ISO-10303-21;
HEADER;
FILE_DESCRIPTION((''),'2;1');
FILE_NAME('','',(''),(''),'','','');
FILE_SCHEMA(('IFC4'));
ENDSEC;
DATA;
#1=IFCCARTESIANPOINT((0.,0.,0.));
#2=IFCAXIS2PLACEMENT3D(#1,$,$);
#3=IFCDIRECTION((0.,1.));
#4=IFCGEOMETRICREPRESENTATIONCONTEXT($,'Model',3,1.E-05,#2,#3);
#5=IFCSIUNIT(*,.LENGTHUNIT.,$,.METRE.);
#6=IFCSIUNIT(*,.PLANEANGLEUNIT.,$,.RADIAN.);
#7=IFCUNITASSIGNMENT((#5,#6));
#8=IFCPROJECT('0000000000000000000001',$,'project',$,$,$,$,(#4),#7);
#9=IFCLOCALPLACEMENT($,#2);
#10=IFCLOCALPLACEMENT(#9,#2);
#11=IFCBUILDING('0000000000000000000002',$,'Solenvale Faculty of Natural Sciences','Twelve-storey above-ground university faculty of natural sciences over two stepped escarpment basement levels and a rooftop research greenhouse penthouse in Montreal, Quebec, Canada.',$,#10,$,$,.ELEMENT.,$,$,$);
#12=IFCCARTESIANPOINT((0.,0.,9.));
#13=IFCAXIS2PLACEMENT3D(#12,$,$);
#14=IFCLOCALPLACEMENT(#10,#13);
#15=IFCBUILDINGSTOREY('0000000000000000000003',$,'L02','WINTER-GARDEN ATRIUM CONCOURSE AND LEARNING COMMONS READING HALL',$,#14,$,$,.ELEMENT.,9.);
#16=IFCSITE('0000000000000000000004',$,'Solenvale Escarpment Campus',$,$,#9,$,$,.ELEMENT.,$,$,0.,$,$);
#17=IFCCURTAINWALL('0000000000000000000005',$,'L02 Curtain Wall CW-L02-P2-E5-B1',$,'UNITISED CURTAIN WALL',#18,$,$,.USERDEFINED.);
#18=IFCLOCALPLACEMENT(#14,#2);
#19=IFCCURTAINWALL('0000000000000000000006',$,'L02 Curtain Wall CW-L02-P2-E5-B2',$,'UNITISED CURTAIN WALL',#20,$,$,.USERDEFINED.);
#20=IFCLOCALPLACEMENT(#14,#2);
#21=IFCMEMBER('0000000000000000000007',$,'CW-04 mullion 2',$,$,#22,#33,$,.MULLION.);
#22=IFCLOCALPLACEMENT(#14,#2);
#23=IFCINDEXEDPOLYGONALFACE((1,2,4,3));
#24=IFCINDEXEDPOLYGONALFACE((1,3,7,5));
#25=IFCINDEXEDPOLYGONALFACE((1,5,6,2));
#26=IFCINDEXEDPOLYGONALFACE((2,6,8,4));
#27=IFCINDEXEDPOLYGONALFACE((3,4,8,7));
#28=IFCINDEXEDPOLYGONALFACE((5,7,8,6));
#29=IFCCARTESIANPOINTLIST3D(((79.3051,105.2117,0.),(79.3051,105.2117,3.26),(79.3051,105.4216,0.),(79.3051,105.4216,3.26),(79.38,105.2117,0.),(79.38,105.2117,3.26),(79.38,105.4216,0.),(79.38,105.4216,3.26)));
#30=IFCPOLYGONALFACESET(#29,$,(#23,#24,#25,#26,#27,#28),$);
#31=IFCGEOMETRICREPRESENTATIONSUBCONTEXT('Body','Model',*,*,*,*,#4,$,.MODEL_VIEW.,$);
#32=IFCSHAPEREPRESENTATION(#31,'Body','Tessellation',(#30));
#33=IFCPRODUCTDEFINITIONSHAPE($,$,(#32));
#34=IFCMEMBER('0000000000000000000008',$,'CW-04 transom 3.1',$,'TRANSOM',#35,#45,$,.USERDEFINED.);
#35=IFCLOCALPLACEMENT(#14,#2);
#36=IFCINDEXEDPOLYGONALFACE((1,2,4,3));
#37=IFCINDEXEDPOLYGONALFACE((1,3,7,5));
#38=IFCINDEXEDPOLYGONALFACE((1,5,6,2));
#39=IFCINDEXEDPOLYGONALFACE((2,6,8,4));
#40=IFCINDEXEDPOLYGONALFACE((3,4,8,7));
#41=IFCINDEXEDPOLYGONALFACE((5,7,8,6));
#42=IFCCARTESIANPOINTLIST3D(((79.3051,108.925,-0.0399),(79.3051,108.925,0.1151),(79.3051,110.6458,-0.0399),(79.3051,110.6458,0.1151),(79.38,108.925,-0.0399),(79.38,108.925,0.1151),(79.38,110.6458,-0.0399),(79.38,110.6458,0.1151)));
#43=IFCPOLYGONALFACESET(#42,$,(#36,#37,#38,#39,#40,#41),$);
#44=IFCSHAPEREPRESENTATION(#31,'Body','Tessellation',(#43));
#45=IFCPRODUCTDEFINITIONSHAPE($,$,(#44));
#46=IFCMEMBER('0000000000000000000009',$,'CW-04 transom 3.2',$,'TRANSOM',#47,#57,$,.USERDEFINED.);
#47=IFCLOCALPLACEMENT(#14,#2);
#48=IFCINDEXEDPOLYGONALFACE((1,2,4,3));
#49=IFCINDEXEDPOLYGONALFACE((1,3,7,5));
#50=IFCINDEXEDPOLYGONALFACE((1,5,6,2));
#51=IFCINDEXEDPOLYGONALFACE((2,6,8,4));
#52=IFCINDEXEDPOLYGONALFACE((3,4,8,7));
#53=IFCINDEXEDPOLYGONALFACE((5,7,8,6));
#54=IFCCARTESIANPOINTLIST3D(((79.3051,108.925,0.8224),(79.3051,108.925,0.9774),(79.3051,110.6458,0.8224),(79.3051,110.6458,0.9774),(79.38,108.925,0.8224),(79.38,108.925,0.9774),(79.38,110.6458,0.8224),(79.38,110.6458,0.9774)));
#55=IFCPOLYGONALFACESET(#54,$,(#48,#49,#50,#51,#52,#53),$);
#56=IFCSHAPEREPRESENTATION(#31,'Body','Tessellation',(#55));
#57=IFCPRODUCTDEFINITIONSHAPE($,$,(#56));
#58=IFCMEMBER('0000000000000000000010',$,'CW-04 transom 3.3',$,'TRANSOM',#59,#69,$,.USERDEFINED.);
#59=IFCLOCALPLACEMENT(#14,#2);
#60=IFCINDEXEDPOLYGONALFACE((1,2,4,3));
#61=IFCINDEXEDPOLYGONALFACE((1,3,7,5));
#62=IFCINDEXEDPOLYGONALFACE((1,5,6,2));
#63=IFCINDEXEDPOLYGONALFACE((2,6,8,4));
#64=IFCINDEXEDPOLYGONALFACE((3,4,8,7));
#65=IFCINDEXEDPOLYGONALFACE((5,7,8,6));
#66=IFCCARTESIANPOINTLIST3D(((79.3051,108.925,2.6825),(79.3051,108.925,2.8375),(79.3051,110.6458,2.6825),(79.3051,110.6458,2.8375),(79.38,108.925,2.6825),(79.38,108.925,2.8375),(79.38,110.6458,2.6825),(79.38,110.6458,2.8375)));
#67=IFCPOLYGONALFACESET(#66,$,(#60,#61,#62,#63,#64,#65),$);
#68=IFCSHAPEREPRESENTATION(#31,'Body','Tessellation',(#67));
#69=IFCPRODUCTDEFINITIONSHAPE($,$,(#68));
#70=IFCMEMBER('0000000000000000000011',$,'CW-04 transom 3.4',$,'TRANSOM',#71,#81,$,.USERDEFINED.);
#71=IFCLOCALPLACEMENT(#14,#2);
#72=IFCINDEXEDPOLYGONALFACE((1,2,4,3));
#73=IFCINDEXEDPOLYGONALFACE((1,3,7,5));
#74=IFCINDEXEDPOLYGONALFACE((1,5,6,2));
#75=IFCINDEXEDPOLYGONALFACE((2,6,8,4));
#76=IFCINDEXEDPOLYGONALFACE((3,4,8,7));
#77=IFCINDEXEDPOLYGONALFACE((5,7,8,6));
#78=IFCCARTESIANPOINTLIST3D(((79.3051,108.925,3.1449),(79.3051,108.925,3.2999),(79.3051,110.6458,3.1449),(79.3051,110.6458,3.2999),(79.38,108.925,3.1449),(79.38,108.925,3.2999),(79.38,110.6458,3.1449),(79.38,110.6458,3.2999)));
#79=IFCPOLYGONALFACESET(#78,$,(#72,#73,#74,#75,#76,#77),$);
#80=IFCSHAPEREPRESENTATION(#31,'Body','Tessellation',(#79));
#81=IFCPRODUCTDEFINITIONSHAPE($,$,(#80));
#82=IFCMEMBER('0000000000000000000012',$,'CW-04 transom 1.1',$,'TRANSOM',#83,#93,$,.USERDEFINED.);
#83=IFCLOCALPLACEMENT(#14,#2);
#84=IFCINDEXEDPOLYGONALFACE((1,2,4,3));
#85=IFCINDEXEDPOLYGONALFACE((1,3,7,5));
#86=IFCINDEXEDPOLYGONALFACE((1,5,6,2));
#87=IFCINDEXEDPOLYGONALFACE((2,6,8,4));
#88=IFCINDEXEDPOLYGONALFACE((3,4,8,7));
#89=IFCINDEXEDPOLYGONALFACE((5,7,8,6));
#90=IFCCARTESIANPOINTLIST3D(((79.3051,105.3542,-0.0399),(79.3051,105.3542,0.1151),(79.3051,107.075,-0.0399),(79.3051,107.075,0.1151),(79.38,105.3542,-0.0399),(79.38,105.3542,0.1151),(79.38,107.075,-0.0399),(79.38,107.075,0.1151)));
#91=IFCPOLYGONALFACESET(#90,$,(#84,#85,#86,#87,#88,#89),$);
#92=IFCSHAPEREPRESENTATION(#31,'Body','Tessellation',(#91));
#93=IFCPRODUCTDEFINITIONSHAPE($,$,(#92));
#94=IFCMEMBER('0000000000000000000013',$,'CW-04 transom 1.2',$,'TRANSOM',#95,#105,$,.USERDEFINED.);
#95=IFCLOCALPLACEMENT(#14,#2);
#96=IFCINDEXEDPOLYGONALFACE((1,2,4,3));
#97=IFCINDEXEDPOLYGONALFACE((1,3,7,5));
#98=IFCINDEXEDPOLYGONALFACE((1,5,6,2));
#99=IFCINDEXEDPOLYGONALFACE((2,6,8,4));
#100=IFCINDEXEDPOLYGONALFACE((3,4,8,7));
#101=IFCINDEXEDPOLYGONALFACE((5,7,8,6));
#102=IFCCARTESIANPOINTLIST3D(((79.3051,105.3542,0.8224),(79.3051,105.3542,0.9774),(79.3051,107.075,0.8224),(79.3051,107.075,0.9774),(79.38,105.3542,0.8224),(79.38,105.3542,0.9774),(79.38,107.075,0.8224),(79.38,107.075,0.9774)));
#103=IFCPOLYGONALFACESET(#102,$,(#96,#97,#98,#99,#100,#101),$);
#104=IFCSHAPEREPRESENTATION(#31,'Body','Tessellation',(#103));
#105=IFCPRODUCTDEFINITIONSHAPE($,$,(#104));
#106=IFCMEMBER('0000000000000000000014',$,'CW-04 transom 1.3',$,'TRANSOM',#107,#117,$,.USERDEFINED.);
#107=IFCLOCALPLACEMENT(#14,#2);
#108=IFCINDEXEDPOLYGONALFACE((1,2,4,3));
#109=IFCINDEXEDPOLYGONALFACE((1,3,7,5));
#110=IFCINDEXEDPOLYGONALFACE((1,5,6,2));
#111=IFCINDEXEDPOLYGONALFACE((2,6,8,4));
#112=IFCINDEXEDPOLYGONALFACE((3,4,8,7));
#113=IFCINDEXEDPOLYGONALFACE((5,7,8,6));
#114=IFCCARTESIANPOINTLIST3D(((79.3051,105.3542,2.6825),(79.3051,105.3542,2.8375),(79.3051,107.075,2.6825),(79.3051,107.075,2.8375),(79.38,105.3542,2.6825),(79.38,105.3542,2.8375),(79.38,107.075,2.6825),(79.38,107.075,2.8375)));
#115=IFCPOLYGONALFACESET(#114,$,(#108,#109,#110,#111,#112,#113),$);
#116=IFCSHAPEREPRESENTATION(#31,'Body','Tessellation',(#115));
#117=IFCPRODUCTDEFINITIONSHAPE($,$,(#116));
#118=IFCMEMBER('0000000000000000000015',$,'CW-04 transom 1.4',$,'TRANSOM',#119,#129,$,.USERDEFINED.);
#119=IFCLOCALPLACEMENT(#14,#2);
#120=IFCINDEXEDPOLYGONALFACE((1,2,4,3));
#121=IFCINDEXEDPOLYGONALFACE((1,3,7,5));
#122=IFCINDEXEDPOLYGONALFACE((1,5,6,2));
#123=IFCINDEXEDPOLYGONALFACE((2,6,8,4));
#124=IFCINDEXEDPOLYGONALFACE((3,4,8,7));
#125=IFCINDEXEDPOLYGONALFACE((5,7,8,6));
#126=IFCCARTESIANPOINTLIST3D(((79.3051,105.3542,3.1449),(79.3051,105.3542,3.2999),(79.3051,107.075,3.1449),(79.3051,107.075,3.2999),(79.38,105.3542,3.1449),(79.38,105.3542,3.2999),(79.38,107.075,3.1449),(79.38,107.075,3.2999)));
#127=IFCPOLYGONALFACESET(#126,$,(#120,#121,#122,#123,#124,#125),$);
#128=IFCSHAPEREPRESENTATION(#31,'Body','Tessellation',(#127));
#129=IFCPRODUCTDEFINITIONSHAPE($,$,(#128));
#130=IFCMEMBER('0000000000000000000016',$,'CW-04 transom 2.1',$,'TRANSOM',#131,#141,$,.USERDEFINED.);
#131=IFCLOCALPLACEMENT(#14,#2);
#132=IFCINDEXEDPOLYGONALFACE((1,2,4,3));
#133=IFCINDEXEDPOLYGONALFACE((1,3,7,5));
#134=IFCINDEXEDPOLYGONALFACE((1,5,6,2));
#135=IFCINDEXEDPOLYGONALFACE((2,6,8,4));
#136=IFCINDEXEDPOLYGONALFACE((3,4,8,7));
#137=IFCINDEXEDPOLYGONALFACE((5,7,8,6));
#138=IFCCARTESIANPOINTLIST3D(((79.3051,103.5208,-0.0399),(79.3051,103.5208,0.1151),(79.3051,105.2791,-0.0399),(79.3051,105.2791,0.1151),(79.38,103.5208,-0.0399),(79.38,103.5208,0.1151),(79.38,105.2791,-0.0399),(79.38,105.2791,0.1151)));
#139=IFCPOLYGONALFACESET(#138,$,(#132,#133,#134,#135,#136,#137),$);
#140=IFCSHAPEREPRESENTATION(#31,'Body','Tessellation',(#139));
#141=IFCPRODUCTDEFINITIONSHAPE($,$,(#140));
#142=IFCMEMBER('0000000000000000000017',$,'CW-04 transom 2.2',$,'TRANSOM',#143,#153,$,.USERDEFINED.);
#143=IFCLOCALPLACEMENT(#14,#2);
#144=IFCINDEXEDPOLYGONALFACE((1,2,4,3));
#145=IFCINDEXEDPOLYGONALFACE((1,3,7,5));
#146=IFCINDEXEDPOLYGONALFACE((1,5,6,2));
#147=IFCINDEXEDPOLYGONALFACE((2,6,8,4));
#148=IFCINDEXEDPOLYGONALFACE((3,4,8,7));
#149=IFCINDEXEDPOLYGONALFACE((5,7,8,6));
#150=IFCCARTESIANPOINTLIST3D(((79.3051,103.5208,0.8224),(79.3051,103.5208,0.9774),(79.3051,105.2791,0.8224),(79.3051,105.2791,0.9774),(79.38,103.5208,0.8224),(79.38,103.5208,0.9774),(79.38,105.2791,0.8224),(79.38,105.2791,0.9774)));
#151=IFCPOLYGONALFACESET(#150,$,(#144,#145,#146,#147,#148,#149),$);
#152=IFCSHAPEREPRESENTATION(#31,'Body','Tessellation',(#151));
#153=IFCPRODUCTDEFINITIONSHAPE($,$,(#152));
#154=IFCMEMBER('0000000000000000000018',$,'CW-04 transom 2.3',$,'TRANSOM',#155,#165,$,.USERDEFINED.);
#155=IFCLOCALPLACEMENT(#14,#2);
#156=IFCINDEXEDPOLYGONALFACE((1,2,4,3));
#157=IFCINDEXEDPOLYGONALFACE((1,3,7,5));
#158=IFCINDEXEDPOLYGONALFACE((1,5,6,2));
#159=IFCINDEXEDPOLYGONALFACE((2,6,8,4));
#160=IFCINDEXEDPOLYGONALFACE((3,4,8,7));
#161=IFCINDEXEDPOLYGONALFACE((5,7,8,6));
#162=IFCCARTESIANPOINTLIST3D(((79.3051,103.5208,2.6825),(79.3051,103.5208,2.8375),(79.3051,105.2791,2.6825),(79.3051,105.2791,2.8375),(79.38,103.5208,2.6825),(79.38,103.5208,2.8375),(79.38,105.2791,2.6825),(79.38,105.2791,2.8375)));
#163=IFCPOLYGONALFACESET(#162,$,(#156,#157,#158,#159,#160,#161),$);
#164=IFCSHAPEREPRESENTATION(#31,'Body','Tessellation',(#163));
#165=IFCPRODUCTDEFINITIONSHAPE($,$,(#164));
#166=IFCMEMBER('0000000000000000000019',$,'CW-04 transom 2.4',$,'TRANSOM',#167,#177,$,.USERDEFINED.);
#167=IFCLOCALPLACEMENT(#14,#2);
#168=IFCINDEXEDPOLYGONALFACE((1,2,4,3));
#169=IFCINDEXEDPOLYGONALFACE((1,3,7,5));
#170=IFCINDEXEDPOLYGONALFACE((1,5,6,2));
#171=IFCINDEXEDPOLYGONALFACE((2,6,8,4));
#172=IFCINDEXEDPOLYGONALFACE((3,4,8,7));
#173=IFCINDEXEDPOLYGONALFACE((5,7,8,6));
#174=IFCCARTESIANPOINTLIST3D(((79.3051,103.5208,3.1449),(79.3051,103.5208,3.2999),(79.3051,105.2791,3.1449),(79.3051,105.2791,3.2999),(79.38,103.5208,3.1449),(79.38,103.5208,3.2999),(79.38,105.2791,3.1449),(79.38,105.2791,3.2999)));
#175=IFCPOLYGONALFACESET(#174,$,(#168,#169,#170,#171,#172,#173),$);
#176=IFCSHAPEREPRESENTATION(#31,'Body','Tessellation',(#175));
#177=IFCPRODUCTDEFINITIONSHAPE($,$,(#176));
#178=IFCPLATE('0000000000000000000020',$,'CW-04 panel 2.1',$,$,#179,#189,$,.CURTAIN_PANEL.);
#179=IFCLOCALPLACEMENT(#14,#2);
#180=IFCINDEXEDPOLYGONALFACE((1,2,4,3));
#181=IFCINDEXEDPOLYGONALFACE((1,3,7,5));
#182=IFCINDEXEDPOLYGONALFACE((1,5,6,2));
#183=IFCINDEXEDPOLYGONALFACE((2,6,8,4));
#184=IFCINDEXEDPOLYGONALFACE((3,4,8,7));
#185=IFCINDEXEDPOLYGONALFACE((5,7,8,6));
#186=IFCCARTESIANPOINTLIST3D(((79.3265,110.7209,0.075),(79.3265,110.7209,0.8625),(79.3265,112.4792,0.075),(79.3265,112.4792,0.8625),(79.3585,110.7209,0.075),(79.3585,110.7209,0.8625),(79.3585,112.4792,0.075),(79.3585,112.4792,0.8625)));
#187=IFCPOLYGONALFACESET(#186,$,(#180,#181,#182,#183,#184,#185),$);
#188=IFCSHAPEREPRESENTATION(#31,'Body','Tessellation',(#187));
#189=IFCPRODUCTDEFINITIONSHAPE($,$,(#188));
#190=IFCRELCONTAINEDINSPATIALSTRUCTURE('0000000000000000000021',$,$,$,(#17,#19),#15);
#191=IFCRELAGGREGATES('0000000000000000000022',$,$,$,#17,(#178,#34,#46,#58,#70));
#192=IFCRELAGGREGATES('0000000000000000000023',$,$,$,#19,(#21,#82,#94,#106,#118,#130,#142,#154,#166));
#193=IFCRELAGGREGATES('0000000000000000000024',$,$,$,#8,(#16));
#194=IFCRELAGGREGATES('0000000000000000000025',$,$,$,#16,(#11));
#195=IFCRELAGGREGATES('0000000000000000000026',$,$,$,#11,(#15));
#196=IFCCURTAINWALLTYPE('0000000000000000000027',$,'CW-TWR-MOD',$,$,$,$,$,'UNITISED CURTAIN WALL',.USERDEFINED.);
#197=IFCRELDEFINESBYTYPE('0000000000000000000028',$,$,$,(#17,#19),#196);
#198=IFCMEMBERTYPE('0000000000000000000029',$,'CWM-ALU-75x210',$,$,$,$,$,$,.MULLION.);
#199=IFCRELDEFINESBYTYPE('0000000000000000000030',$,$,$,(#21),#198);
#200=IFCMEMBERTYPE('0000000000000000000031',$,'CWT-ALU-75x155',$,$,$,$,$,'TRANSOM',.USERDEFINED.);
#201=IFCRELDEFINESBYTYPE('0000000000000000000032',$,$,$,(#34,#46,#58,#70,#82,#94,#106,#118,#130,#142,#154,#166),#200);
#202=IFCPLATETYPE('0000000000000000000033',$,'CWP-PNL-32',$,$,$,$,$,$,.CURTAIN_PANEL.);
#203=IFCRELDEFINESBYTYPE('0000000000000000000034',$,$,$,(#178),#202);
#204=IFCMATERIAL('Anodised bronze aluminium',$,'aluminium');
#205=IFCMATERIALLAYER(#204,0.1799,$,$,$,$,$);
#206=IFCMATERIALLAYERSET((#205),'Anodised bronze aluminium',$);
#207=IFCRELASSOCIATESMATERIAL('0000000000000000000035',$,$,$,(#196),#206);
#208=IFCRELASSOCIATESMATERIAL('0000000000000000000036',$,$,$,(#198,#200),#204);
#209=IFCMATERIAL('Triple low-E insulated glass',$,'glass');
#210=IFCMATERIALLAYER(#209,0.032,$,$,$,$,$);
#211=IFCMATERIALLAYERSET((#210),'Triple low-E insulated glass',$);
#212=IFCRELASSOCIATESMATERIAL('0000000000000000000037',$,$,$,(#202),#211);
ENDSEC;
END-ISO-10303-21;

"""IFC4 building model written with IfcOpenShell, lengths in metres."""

from ifc_helpers import new_model, si_unit, direction, frame, origin, origin_2d, place, context, subcontext, project, spatial, rectangle, extrude, material, layer, layer_set, material_profile, profile_set, type_object, element, aggregate, save


model = new_model("IFC4")

# Units and contexts
model_context = context("Model", 3, precision=1e-05, world=origin(), true_north=direction((0.0, 1.0)))
body_context = subcontext(model_context, "Body", "Model", "MODEL_VIEW")
ifc_project = project(units=[si_unit("LENGTHUNIT", "METRE"), si_unit("PLANEANGLEUNIT", "RADIAN")], contexts=[model_context])

# Site, building, storey
site_placement = place(None, origin())
site = spatial("IfcSite", under=ifc_project, at=site_placement, Name="Solenvale Escarpment Campus", CompositionType="ELEMENT", RefElevation=0.0)
building_placement = place(site_placement, origin())
building = spatial("IfcBuilding", under=site, at=building_placement, Name="Solenvale Faculty of Natural Sciences", Description="Twelve-storey above-ground university faculty of natural sciences over two stepped escarpment basement levels and a rooftop research greenhouse penthouse in Montreal, Quebec, Canada.", CompositionType="ELEMENT")
storey_placement = place(building_placement, frame((0.0, 0.0, 9.0)))
storey = spatial("IfcBuildingStorey", under=building, at=storey_placement, Name="L02", Description="WINTER-GARDEN ATRIUM CONCOURSE AND LEARNING COMMONS READING HALL", CompositionType="ELEMENT", Elevation=9.0)

# Curtain walls, member
ifc_material_1 = material(Name="Anodised bronze aluminium", Category="aluminium")
ifc_layer_1 = layer(ifc_material_1, 0.1799)
ifc_layer_set_1 = layer_set([ifc_layer_1], Name="Anodised bronze aluminium")
curtain_wall_type = type_object("IfcCurtainWallType", Name="CW-TWR-MOD", ElementType="UNITISED CURTAIN WALL", PredefinedType="USERDEFINED", material=ifc_layer_set_1)
curtain_wall_1_placement = place(storey_placement, origin())
curtain_wall_1 = element("IfcCurtainWall", 1, at=curtain_wall_1_placement, inside=storey, type_object=curtain_wall_type, Name="L02 Curtain Wall CW-L02-P2-E5-B1", ObjectType="UNITISED CURTAIN WALL", PredefinedType="USERDEFINED")
ifc_material_profile_1 = material_profile(ifc_material_1, rectangle(XDim=0.075, YDim=0.21, at=origin_2d()), Name="ALU-MUL-75x210")
ifc_profile_set_1 = profile_set([ifc_material_profile_1], Name="Anodised bronze aluminium")
member_type_1 = type_object("IfcMemberType", Name="CWM-ALU-75x210", PredefinedType="MULLION", material=ifc_profile_set_1)
curtain_wall_2_placement = place(storey_placement, origin())
curtain_wall_2 = element("IfcCurtainWall", 2, at=curtain_wall_2_placement, inside=storey, type_object=curtain_wall_type, Name="L02 Curtain Wall CW-L02-P2-E5-B2", ObjectType="UNITISED CURTAIN WALL", PredefinedType="USERDEFINED")
member_1_placement = place(storey_placement, frame((79.3425, 105.3167, 0.0), z_axis=(0.0, 0.0, 1.0), x_axis=(1.0, 0.0, 0.0)))
member_1 = element("IfcMember", 3, at=member_1_placement, type_object=member_type_1, Name="CW-04 mullion 2", PredefinedType="MULLION", context=body_context, shape_type="SweptSolid", body=[
    extrude(rectangle(XDim=0.075, YDim=0.21, at=origin_2d()), origin(), (0.0, 0.0, 1.0), 3.26),
])

# Members
ifc_material_profile_2 = material_profile(ifc_material_1, rectangle(XDim=0.075, YDim=0.155, at=origin_2d()), Name="ALU-TRN-75x155")
ifc_profile_set_2 = profile_set([ifc_material_profile_2], Name="Anodised bronze aluminium")
member_type_2 = type_object("IfcMemberType", Name="CWT-ALU-75x155", ElementType="TRANSOM", PredefinedType="USERDEFINED", material=ifc_profile_set_2)
member_2_placement = place(storey_placement, frame((79.3425, 110.6458, 0.0376), z_axis=(0.0, -1.0, 0.0), x_axis=(1.0, 0.0, 0.0)))
member_2 = element("IfcMember", 4, at=member_2_placement, type_object=member_type_2, Name="CW-04 transom 3.1", ObjectType="TRANSOM", PredefinedType="USERDEFINED", context=body_context, shape_type="SweptSolid", body=[
    extrude(rectangle(XDim=0.075, YDim=0.155, at=origin_2d()), origin(), (0.0, 0.0, 1.0), 1.7207),
])
member_3_placement = place(storey_placement, frame((79.3425, 110.6458, 0.8999), z_axis=(0.0, -1.0, 0.0), x_axis=(1.0, 0.0, 0.0)))
member_3 = element("IfcMember", 5, at=member_3_placement, type_object=member_type_2, Name="CW-04 transom 3.2", ObjectType="TRANSOM", PredefinedType="USERDEFINED", context=body_context, shape_type="SweptSolid", body=[
    extrude(rectangle(XDim=0.075, YDim=0.155, at=origin_2d()), origin(), (0.0, 0.0, 1.0), 1.7207),
])
member_4_placement = place(storey_placement, frame((79.3425, 110.6458, 2.76), z_axis=(0.0, -1.0, 0.0), x_axis=(1.0, 0.0, 0.0)))
member_4 = element("IfcMember", 6, at=member_4_placement, type_object=member_type_2, Name="CW-04 transom 3.3", ObjectType="TRANSOM", PredefinedType="USERDEFINED", context=body_context, shape_type="SweptSolid", body=[
    extrude(rectangle(XDim=0.075, YDim=0.155, at=origin_2d()), origin(), (0.0, 0.0, 1.0), 1.7207),
])
member_5_placement = place(storey_placement, frame((79.3425, 110.6458, 3.2224), z_axis=(0.0, -1.0, 0.0), x_axis=(1.0, 0.0, 0.0)))
member_5 = element("IfcMember", 7, at=member_5_placement, type_object=member_type_2, Name="CW-04 transom 3.4", ObjectType="TRANSOM", PredefinedType="USERDEFINED", context=body_context, shape_type="SweptSolid", body=[
    extrude(rectangle(XDim=0.075, YDim=0.155, at=origin_2d()), origin(), (0.0, 0.0, 1.0), 1.7207),
])
member_6_placement = place(storey_placement, frame((79.3425, 107.075, 0.0376), z_axis=(0.0, -1.0, 0.0), x_axis=(1.0, 0.0, 0.0)))
member_6 = element("IfcMember", 8, at=member_6_placement, type_object=member_type_2, Name="CW-04 transom 1.1", ObjectType="TRANSOM", PredefinedType="USERDEFINED", context=body_context, shape_type="SweptSolid", body=[
    extrude(rectangle(XDim=0.075, YDim=0.155, at=origin_2d()), origin(), (0.0, 0.0, 1.0), 1.7207),
])
member_7_placement = place(storey_placement, frame((79.3425, 107.075, 0.8999), z_axis=(0.0, -1.0, 0.0), x_axis=(1.0, 0.0, 0.0)))
member_7 = element("IfcMember", 9, at=member_7_placement, type_object=member_type_2, Name="CW-04 transom 1.2", ObjectType="TRANSOM", PredefinedType="USERDEFINED", context=body_context, shape_type="SweptSolid", body=[
    extrude(rectangle(XDim=0.075, YDim=0.155, at=origin_2d()), origin(), (0.0, 0.0, 1.0), 1.7207),
])
member_8_placement = place(storey_placement, frame((79.3425, 107.075, 2.76), z_axis=(0.0, -1.0, 0.0), x_axis=(1.0, 0.0, 0.0)))
member_8 = element("IfcMember", 10, at=member_8_placement, type_object=member_type_2, Name="CW-04 transom 1.3", ObjectType="TRANSOM", PredefinedType="USERDEFINED", context=body_context, shape_type="SweptSolid", body=[
    extrude(rectangle(XDim=0.075, YDim=0.155, at=origin_2d()), origin(), (0.0, 0.0, 1.0), 1.7207),
])
member_9_placement = place(storey_placement, frame((79.3425, 107.075, 3.2224), z_axis=(0.0, -1.0, 0.0), x_axis=(1.0, 0.0, 0.0)))
member_9 = element("IfcMember", 11, at=member_9_placement, type_object=member_type_2, Name="CW-04 transom 1.4", ObjectType="TRANSOM", PredefinedType="USERDEFINED", context=body_context, shape_type="SweptSolid", body=[
    extrude(rectangle(XDim=0.075, YDim=0.155, at=origin_2d()), origin(), (0.0, 0.0, 1.0), 1.7207),
])
member_10_placement = place(storey_placement, frame((79.3425, 105.2791, 0.0376), z_axis=(0.0, -1.0, 0.0), x_axis=(1.0, 0.0, 0.0)))
member_10 = element("IfcMember", 12, at=member_10_placement, type_object=member_type_2, Name="CW-04 transom 2.1", ObjectType="TRANSOM", PredefinedType="USERDEFINED", context=body_context, shape_type="SweptSolid", body=[
    extrude(rectangle(XDim=0.075, YDim=0.155, at=origin_2d()), origin(), (0.0, 0.0, 1.0), 1.7583),
])
member_11_placement = place(storey_placement, frame((79.3425, 105.2791, 0.8999), z_axis=(0.0, -1.0, 0.0), x_axis=(1.0, 0.0, 0.0)))
member_11 = element("IfcMember", 13, at=member_11_placement, type_object=member_type_2, Name="CW-04 transom 2.2", ObjectType="TRANSOM", PredefinedType="USERDEFINED", context=body_context, shape_type="SweptSolid", body=[
    extrude(rectangle(XDim=0.075, YDim=0.155, at=origin_2d()), origin(), (0.0, 0.0, 1.0), 1.7583),
])
member_12_placement = place(storey_placement, frame((79.3425, 105.2791, 2.76), z_axis=(0.0, -1.0, 0.0), x_axis=(1.0, 0.0, 0.0)))
member_12 = element("IfcMember", 14, at=member_12_placement, type_object=member_type_2, Name="CW-04 transom 2.3", ObjectType="TRANSOM", PredefinedType="USERDEFINED", context=body_context, shape_type="SweptSolid", body=[
    extrude(rectangle(XDim=0.075, YDim=0.155, at=origin_2d()), origin(), (0.0, 0.0, 1.0), 1.7583),
])
member_13_placement = place(storey_placement, frame((79.3425, 105.2791, 3.2224), z_axis=(0.0, -1.0, 0.0), x_axis=(1.0, 0.0, 0.0)))
member_13 = element("IfcMember", 15, at=member_13_placement, type_object=member_type_2, Name="CW-04 transom 2.4", ObjectType="TRANSOM", PredefinedType="USERDEFINED", context=body_context, shape_type="SweptSolid", body=[
    extrude(rectangle(XDim=0.075, YDim=0.155, at=origin_2d()), origin(), (0.0, 0.0, 1.0), 1.7583),
])

# Plate
ifc_material_2 = material(Name="Triple low-E insulated glass", Category="glass")
ifc_layer_2 = layer(ifc_material_2, 0.032)
ifc_layer_set_2 = layer_set([ifc_layer_2], Name="Triple low-E insulated glass")
plate_type_1 = type_object("IfcPlateType", Name="CWP-PNL-32", PredefinedType="CURTAIN_PANEL", material=ifc_layer_set_2)
plate_1_placement = place(storey_placement, frame((79.3425, 111.6001, 0.075), z_axis=(0.0, 0.0, 1.0), x_axis=(0.0, -1.0, 0.0)))
plate_1 = element("IfcPlate", 16, at=plate_1_placement, type_object=plate_type_1, Name="CW-04 panel 2.1", PredefinedType="CURTAIN_PANEL", context=body_context, shape_type="SweptSolid", body=[
    extrude(rectangle(XDim=1.7583, YDim=0.032, at=origin_2d()), origin(), (0.0, 0.0, 1.0), 0.7876),
])
aggregate(curtain_wall_1, [plate_1, member_2, member_3, member_4, member_5])
aggregate(curtain_wall_2, [member_1, member_6, member_7, member_8, member_9, member_10, member_11, member_12, member_13])

save(model, "model.ifc")
